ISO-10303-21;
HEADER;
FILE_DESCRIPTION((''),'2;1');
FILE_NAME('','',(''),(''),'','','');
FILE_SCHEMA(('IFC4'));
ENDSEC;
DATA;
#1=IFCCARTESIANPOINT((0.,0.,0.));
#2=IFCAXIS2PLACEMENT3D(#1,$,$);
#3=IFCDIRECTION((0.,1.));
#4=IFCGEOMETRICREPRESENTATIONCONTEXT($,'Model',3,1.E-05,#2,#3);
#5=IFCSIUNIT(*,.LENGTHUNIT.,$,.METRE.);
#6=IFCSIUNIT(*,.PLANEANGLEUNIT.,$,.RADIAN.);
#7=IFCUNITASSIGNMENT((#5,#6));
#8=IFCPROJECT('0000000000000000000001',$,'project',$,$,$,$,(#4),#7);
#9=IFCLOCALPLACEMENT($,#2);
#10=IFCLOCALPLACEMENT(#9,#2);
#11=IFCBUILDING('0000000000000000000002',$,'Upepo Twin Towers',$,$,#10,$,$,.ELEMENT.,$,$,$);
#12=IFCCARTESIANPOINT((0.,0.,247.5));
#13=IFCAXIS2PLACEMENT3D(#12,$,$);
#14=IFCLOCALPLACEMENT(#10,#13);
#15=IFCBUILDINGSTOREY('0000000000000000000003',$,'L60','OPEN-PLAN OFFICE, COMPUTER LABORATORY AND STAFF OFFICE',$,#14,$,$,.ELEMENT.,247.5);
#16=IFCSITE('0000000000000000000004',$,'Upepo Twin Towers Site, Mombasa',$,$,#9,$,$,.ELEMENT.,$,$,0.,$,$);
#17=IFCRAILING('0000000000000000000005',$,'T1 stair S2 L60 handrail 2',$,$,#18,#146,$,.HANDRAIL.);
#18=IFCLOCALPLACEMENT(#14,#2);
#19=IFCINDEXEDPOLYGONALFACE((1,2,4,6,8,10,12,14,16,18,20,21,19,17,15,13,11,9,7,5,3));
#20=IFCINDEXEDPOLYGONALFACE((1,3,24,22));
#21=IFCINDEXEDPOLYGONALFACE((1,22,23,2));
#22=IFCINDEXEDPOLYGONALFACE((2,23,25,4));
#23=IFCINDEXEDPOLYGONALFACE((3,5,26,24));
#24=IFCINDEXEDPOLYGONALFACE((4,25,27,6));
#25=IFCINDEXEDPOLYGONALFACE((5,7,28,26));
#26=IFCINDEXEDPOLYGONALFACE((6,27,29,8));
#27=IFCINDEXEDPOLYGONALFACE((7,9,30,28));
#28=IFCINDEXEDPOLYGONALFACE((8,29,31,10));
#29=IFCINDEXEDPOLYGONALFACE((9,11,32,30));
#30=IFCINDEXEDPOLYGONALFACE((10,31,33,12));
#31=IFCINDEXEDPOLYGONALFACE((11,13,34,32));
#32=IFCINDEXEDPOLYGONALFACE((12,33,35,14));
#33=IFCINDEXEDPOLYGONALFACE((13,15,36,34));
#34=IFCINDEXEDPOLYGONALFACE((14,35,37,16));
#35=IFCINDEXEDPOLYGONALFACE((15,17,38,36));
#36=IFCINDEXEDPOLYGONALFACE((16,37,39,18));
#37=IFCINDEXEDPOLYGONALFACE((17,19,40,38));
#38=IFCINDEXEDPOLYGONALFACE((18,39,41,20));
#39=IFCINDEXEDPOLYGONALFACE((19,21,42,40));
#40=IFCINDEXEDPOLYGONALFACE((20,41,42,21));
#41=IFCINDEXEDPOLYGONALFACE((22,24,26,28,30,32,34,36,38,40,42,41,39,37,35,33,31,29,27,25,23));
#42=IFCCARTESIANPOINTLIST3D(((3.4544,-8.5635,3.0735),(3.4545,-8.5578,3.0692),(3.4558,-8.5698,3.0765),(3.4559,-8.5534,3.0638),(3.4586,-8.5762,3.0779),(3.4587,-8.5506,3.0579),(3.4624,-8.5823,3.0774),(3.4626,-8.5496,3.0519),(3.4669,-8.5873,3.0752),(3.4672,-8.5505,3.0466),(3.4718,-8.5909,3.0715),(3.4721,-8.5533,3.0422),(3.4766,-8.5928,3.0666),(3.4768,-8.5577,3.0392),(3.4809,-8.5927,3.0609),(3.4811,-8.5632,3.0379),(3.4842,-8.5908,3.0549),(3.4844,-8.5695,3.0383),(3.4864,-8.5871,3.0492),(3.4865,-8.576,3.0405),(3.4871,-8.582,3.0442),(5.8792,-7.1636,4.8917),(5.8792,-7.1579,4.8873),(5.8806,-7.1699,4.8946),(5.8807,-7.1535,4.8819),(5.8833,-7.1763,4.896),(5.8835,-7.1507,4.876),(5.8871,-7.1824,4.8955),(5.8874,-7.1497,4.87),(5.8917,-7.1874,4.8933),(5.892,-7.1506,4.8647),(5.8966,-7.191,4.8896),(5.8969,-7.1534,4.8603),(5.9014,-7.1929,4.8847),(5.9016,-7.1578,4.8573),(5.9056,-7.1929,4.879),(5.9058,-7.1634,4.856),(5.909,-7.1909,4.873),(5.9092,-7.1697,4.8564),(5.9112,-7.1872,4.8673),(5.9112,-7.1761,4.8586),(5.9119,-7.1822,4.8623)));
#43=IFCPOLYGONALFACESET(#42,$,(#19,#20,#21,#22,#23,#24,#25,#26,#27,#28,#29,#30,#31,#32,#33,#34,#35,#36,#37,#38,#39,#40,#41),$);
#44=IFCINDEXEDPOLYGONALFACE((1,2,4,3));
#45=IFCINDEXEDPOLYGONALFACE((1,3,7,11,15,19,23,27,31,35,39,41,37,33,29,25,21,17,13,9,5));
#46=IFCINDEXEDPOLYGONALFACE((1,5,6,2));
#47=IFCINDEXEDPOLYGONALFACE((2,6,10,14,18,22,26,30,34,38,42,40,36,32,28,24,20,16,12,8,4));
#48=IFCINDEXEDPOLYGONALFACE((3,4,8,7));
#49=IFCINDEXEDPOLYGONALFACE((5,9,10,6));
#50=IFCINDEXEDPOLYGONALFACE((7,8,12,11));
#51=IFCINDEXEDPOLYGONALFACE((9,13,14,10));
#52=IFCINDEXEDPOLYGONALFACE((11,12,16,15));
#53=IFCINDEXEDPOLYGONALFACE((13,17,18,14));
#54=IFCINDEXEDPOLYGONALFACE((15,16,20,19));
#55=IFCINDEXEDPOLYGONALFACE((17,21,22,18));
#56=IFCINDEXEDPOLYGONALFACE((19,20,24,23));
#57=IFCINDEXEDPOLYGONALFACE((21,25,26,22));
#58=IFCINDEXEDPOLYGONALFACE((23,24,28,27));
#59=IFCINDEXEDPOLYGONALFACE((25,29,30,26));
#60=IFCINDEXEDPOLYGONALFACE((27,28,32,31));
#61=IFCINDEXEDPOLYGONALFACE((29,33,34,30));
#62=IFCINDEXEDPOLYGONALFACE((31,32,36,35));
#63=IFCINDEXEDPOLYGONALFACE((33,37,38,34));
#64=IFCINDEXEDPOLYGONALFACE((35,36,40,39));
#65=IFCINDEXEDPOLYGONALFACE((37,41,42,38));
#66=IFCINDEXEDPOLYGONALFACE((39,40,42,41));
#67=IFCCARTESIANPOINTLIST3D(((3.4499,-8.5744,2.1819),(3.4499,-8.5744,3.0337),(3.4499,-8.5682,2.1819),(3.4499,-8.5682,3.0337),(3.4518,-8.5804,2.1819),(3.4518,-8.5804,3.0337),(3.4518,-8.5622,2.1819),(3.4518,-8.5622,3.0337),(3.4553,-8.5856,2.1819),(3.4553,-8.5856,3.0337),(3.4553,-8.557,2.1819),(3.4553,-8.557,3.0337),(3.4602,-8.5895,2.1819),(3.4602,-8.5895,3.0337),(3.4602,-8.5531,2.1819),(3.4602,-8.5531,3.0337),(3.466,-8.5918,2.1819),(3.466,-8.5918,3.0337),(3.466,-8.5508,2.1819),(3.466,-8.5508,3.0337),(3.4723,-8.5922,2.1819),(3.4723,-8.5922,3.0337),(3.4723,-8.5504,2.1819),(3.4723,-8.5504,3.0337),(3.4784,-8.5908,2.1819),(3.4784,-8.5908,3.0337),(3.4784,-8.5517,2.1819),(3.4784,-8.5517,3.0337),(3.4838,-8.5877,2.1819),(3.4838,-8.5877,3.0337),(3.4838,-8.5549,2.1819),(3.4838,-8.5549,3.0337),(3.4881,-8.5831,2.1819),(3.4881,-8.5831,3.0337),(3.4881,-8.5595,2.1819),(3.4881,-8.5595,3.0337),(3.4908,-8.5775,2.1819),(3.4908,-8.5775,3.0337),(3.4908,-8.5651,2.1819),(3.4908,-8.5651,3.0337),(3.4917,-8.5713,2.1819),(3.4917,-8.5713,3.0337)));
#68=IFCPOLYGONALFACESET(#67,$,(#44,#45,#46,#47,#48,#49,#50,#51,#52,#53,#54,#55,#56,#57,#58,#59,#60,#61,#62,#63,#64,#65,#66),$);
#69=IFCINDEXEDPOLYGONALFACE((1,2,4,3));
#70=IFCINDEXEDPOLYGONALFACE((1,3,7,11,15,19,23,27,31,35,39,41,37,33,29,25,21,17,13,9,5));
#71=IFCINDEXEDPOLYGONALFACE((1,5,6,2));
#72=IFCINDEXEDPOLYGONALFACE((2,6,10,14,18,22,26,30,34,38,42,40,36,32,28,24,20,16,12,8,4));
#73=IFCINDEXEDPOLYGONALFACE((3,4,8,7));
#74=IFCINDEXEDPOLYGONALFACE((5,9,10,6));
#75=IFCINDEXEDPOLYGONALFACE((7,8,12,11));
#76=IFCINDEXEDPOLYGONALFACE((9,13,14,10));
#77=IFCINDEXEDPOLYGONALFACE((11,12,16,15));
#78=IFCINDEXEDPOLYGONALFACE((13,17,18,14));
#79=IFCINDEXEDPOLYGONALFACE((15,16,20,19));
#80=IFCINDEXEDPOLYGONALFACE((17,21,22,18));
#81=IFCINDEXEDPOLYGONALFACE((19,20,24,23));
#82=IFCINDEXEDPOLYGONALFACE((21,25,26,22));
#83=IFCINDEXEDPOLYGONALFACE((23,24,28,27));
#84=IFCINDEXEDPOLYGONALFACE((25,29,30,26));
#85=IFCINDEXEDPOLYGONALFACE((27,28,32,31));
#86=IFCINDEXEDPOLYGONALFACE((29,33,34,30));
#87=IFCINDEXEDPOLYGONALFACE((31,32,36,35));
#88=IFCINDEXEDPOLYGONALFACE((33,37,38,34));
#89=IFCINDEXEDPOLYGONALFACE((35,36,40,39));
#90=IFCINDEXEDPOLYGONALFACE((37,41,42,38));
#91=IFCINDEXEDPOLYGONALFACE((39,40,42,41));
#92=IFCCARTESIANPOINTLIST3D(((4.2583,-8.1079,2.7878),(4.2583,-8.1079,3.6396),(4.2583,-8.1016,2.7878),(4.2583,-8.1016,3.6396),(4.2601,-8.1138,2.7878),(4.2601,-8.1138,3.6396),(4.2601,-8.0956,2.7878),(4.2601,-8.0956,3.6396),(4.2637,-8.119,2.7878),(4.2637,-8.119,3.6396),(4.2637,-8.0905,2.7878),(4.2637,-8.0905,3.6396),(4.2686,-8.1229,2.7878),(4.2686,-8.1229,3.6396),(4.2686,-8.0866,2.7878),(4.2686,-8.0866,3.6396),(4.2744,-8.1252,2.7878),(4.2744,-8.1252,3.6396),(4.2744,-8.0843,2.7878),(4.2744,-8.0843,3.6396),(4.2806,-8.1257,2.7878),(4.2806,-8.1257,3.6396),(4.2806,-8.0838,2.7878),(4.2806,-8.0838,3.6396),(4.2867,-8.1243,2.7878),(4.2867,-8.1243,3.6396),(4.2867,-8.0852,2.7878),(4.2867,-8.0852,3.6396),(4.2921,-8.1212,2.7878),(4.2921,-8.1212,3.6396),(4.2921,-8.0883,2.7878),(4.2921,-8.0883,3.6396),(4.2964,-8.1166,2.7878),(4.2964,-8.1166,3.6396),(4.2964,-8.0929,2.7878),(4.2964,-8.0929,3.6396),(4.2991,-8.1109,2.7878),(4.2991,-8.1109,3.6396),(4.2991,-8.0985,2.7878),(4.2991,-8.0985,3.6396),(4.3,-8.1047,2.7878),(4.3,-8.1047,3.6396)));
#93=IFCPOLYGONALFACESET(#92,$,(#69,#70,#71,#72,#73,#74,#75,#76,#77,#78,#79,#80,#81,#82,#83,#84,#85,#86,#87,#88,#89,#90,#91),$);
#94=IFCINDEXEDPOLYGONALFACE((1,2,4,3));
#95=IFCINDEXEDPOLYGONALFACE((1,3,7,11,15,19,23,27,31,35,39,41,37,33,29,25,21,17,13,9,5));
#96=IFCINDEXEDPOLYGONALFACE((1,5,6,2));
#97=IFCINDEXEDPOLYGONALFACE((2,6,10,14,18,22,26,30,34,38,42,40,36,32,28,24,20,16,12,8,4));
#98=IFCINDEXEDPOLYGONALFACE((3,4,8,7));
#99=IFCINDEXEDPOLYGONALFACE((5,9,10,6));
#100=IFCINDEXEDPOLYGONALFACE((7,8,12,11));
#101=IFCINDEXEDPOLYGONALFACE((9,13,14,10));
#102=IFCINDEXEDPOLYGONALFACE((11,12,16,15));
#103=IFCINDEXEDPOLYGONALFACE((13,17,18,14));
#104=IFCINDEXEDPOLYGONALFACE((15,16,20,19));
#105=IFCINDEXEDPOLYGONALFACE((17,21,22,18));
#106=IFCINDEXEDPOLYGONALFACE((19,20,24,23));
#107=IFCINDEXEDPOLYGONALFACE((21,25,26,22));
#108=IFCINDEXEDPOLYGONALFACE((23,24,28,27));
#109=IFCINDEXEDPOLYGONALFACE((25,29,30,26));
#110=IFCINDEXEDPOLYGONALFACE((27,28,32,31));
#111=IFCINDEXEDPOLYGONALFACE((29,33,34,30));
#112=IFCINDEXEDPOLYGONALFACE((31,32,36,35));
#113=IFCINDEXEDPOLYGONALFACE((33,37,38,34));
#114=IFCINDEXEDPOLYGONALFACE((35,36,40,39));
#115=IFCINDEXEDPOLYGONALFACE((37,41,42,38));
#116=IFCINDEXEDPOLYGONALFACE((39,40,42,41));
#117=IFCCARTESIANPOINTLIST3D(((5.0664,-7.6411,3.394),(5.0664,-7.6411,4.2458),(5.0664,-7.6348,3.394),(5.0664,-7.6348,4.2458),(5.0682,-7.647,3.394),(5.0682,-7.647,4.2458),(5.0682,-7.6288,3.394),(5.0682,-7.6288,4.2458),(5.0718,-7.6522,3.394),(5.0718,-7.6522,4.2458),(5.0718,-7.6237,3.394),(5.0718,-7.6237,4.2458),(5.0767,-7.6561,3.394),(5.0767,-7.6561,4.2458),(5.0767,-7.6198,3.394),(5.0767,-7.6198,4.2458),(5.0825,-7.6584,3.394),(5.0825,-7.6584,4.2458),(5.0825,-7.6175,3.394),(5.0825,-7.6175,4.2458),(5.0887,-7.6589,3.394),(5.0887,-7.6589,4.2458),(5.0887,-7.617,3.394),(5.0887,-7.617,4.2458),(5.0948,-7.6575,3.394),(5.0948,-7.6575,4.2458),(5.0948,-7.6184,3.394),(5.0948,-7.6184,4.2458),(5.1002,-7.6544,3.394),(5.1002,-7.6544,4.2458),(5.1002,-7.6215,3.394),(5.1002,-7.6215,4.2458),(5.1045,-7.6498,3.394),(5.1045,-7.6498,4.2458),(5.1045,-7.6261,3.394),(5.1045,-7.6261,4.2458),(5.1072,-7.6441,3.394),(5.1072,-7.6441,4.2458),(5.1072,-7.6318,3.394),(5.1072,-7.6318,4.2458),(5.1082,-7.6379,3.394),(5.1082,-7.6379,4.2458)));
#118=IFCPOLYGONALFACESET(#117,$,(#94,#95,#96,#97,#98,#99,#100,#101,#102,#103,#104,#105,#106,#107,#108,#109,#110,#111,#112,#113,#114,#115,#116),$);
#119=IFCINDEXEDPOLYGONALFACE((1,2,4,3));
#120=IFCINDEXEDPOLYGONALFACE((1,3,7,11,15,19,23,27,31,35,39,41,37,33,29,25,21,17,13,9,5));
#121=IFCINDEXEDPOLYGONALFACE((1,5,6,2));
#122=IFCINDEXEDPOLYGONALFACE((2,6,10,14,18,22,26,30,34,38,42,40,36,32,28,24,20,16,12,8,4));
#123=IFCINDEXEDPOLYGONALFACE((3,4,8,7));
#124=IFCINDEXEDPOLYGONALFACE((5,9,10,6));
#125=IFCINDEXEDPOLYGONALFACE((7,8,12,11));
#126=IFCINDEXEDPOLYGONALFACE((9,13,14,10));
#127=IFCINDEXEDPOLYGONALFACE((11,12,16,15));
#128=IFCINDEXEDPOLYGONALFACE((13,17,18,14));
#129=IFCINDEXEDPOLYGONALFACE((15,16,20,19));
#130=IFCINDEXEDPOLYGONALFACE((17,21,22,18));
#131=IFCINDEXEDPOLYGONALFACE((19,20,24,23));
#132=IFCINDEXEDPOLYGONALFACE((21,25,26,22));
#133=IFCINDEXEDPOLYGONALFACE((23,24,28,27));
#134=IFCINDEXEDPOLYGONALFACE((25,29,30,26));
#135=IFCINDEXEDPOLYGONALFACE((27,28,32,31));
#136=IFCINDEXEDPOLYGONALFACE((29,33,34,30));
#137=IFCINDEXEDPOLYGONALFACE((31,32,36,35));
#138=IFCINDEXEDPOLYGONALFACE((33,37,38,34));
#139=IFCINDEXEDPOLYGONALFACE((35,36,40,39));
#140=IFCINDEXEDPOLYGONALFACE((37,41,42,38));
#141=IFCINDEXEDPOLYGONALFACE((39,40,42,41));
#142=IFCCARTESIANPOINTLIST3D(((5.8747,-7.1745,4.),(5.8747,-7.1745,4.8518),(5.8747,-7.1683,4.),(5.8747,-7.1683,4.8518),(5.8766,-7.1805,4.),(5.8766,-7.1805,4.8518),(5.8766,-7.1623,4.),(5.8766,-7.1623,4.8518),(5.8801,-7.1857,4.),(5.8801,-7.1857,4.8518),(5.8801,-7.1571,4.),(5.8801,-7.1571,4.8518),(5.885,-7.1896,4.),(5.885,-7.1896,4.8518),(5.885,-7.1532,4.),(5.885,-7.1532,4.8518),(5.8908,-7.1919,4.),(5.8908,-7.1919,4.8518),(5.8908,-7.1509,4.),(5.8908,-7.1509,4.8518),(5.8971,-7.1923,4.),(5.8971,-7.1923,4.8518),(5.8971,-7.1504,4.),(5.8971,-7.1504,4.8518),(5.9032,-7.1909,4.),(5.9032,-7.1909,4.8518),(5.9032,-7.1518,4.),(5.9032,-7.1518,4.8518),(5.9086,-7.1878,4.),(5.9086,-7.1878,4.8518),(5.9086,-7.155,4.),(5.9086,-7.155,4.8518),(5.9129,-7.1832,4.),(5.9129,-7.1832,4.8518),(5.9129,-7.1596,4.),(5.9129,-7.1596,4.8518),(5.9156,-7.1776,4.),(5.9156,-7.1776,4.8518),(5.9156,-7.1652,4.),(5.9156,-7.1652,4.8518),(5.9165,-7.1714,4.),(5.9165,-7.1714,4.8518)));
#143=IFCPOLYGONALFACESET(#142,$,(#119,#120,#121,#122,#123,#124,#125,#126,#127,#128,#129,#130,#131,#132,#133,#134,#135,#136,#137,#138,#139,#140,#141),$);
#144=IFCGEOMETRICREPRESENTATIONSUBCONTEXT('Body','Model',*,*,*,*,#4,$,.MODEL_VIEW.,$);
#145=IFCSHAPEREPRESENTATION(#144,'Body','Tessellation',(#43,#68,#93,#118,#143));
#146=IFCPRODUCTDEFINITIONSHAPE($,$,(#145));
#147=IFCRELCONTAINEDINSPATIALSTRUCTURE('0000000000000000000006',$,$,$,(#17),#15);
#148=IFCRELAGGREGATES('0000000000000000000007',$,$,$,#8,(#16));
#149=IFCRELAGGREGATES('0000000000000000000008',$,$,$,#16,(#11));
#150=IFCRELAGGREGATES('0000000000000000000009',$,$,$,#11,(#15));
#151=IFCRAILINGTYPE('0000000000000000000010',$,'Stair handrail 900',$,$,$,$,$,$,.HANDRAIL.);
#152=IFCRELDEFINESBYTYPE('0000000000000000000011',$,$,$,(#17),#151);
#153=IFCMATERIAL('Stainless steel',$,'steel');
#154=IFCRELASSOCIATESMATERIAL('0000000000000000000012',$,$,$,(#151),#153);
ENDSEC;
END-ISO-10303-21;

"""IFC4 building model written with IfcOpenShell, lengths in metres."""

from ifc_helpers import new_model, si_unit, direction, frame, origin, origin_2d, place, context, subcontext, project, spatial, circle, extrude, material, type_object, element, save


model = new_model("IFC4")

# Units and contexts
model_context = context("Model", 3, precision=1e-05, world=origin(), true_north=direction((0.0, 1.0)))
body_context = subcontext(model_context, "Body", "Model", "MODEL_VIEW")
ifc_project = project(units=[si_unit("LENGTHUNIT", "METRE"), si_unit("PLANEANGLEUNIT", "RADIAN")], contexts=[model_context])

# Site, building, storey
site_placement = place(None, origin())
site = spatial("IfcSite", under=ifc_project, at=site_placement, Name="Upepo Twin Towers Site, Mombasa", CompositionType="ELEMENT", RefElevation=0.0)
building_placement = place(site_placement, origin())
building = spatial("IfcBuilding", under=site, at=building_placement, Name="Upepo Twin Towers", CompositionType="ELEMENT")
storey_placement = place(building_placement, frame((0.0, 0.0, 247.5)))
storey = spatial("IfcBuildingStorey", under=building, at=storey_placement, Name="L60", Description="OPEN-PLAN OFFICE, COMPUTER LABORATORY AND STAFF OFFICE", CompositionType="ELEMENT", Elevation=247.5)

# Railing
ifc_material_1 = material(Name="Stainless steel", Category="steel")
railing_type = type_object("IfcRailingType", Name="Stair handrail 900", PredefinedType="HANDRAIL", material=ifc_material_1)
railing_1_placement = place(storey_placement, frame((3.4707, -8.5713, 2.1819)))
element("IfcRailing", 1, at=railing_1_placement, inside=storey, type_object=railing_type, Name="T1 stair S2 L60 handrail 2", PredefinedType="HANDRAIL", context=body_context, shape_type="SweptSolid", body=[
    extrude(circle(Radius=0.0239, at=origin_2d()), frame((0.0, 0.0, 0.876), z_axis=(0.726336, 0.419333, 0.544606), x_axis=(-0.499984, 0.866035, 0.0)), (0.0, 0.0, 1.0), 3.3384),
    extrude(circle(Radius=0.021, at=origin_2d()), origin(), (0.0, 0.0, 1.0), 0.8518),
    extrude(circle(Radius=0.021, at=origin_2d()), frame((0.8083, 0.4666, 0.606)), (0.0, 0.0, 1.0), 0.8518),
    extrude(circle(Radius=0.021, at=origin_2d()), frame((1.6165, 0.9333, 1.2122)), (0.0, 0.0, 1.0), 0.8518),
    extrude(circle(Radius=0.021, at=origin_2d()), frame((2.4248, 1.3999, 1.8181)), (0.0, 0.0, 1.0), 0.8518),
])

save(model, "model.ifc")
